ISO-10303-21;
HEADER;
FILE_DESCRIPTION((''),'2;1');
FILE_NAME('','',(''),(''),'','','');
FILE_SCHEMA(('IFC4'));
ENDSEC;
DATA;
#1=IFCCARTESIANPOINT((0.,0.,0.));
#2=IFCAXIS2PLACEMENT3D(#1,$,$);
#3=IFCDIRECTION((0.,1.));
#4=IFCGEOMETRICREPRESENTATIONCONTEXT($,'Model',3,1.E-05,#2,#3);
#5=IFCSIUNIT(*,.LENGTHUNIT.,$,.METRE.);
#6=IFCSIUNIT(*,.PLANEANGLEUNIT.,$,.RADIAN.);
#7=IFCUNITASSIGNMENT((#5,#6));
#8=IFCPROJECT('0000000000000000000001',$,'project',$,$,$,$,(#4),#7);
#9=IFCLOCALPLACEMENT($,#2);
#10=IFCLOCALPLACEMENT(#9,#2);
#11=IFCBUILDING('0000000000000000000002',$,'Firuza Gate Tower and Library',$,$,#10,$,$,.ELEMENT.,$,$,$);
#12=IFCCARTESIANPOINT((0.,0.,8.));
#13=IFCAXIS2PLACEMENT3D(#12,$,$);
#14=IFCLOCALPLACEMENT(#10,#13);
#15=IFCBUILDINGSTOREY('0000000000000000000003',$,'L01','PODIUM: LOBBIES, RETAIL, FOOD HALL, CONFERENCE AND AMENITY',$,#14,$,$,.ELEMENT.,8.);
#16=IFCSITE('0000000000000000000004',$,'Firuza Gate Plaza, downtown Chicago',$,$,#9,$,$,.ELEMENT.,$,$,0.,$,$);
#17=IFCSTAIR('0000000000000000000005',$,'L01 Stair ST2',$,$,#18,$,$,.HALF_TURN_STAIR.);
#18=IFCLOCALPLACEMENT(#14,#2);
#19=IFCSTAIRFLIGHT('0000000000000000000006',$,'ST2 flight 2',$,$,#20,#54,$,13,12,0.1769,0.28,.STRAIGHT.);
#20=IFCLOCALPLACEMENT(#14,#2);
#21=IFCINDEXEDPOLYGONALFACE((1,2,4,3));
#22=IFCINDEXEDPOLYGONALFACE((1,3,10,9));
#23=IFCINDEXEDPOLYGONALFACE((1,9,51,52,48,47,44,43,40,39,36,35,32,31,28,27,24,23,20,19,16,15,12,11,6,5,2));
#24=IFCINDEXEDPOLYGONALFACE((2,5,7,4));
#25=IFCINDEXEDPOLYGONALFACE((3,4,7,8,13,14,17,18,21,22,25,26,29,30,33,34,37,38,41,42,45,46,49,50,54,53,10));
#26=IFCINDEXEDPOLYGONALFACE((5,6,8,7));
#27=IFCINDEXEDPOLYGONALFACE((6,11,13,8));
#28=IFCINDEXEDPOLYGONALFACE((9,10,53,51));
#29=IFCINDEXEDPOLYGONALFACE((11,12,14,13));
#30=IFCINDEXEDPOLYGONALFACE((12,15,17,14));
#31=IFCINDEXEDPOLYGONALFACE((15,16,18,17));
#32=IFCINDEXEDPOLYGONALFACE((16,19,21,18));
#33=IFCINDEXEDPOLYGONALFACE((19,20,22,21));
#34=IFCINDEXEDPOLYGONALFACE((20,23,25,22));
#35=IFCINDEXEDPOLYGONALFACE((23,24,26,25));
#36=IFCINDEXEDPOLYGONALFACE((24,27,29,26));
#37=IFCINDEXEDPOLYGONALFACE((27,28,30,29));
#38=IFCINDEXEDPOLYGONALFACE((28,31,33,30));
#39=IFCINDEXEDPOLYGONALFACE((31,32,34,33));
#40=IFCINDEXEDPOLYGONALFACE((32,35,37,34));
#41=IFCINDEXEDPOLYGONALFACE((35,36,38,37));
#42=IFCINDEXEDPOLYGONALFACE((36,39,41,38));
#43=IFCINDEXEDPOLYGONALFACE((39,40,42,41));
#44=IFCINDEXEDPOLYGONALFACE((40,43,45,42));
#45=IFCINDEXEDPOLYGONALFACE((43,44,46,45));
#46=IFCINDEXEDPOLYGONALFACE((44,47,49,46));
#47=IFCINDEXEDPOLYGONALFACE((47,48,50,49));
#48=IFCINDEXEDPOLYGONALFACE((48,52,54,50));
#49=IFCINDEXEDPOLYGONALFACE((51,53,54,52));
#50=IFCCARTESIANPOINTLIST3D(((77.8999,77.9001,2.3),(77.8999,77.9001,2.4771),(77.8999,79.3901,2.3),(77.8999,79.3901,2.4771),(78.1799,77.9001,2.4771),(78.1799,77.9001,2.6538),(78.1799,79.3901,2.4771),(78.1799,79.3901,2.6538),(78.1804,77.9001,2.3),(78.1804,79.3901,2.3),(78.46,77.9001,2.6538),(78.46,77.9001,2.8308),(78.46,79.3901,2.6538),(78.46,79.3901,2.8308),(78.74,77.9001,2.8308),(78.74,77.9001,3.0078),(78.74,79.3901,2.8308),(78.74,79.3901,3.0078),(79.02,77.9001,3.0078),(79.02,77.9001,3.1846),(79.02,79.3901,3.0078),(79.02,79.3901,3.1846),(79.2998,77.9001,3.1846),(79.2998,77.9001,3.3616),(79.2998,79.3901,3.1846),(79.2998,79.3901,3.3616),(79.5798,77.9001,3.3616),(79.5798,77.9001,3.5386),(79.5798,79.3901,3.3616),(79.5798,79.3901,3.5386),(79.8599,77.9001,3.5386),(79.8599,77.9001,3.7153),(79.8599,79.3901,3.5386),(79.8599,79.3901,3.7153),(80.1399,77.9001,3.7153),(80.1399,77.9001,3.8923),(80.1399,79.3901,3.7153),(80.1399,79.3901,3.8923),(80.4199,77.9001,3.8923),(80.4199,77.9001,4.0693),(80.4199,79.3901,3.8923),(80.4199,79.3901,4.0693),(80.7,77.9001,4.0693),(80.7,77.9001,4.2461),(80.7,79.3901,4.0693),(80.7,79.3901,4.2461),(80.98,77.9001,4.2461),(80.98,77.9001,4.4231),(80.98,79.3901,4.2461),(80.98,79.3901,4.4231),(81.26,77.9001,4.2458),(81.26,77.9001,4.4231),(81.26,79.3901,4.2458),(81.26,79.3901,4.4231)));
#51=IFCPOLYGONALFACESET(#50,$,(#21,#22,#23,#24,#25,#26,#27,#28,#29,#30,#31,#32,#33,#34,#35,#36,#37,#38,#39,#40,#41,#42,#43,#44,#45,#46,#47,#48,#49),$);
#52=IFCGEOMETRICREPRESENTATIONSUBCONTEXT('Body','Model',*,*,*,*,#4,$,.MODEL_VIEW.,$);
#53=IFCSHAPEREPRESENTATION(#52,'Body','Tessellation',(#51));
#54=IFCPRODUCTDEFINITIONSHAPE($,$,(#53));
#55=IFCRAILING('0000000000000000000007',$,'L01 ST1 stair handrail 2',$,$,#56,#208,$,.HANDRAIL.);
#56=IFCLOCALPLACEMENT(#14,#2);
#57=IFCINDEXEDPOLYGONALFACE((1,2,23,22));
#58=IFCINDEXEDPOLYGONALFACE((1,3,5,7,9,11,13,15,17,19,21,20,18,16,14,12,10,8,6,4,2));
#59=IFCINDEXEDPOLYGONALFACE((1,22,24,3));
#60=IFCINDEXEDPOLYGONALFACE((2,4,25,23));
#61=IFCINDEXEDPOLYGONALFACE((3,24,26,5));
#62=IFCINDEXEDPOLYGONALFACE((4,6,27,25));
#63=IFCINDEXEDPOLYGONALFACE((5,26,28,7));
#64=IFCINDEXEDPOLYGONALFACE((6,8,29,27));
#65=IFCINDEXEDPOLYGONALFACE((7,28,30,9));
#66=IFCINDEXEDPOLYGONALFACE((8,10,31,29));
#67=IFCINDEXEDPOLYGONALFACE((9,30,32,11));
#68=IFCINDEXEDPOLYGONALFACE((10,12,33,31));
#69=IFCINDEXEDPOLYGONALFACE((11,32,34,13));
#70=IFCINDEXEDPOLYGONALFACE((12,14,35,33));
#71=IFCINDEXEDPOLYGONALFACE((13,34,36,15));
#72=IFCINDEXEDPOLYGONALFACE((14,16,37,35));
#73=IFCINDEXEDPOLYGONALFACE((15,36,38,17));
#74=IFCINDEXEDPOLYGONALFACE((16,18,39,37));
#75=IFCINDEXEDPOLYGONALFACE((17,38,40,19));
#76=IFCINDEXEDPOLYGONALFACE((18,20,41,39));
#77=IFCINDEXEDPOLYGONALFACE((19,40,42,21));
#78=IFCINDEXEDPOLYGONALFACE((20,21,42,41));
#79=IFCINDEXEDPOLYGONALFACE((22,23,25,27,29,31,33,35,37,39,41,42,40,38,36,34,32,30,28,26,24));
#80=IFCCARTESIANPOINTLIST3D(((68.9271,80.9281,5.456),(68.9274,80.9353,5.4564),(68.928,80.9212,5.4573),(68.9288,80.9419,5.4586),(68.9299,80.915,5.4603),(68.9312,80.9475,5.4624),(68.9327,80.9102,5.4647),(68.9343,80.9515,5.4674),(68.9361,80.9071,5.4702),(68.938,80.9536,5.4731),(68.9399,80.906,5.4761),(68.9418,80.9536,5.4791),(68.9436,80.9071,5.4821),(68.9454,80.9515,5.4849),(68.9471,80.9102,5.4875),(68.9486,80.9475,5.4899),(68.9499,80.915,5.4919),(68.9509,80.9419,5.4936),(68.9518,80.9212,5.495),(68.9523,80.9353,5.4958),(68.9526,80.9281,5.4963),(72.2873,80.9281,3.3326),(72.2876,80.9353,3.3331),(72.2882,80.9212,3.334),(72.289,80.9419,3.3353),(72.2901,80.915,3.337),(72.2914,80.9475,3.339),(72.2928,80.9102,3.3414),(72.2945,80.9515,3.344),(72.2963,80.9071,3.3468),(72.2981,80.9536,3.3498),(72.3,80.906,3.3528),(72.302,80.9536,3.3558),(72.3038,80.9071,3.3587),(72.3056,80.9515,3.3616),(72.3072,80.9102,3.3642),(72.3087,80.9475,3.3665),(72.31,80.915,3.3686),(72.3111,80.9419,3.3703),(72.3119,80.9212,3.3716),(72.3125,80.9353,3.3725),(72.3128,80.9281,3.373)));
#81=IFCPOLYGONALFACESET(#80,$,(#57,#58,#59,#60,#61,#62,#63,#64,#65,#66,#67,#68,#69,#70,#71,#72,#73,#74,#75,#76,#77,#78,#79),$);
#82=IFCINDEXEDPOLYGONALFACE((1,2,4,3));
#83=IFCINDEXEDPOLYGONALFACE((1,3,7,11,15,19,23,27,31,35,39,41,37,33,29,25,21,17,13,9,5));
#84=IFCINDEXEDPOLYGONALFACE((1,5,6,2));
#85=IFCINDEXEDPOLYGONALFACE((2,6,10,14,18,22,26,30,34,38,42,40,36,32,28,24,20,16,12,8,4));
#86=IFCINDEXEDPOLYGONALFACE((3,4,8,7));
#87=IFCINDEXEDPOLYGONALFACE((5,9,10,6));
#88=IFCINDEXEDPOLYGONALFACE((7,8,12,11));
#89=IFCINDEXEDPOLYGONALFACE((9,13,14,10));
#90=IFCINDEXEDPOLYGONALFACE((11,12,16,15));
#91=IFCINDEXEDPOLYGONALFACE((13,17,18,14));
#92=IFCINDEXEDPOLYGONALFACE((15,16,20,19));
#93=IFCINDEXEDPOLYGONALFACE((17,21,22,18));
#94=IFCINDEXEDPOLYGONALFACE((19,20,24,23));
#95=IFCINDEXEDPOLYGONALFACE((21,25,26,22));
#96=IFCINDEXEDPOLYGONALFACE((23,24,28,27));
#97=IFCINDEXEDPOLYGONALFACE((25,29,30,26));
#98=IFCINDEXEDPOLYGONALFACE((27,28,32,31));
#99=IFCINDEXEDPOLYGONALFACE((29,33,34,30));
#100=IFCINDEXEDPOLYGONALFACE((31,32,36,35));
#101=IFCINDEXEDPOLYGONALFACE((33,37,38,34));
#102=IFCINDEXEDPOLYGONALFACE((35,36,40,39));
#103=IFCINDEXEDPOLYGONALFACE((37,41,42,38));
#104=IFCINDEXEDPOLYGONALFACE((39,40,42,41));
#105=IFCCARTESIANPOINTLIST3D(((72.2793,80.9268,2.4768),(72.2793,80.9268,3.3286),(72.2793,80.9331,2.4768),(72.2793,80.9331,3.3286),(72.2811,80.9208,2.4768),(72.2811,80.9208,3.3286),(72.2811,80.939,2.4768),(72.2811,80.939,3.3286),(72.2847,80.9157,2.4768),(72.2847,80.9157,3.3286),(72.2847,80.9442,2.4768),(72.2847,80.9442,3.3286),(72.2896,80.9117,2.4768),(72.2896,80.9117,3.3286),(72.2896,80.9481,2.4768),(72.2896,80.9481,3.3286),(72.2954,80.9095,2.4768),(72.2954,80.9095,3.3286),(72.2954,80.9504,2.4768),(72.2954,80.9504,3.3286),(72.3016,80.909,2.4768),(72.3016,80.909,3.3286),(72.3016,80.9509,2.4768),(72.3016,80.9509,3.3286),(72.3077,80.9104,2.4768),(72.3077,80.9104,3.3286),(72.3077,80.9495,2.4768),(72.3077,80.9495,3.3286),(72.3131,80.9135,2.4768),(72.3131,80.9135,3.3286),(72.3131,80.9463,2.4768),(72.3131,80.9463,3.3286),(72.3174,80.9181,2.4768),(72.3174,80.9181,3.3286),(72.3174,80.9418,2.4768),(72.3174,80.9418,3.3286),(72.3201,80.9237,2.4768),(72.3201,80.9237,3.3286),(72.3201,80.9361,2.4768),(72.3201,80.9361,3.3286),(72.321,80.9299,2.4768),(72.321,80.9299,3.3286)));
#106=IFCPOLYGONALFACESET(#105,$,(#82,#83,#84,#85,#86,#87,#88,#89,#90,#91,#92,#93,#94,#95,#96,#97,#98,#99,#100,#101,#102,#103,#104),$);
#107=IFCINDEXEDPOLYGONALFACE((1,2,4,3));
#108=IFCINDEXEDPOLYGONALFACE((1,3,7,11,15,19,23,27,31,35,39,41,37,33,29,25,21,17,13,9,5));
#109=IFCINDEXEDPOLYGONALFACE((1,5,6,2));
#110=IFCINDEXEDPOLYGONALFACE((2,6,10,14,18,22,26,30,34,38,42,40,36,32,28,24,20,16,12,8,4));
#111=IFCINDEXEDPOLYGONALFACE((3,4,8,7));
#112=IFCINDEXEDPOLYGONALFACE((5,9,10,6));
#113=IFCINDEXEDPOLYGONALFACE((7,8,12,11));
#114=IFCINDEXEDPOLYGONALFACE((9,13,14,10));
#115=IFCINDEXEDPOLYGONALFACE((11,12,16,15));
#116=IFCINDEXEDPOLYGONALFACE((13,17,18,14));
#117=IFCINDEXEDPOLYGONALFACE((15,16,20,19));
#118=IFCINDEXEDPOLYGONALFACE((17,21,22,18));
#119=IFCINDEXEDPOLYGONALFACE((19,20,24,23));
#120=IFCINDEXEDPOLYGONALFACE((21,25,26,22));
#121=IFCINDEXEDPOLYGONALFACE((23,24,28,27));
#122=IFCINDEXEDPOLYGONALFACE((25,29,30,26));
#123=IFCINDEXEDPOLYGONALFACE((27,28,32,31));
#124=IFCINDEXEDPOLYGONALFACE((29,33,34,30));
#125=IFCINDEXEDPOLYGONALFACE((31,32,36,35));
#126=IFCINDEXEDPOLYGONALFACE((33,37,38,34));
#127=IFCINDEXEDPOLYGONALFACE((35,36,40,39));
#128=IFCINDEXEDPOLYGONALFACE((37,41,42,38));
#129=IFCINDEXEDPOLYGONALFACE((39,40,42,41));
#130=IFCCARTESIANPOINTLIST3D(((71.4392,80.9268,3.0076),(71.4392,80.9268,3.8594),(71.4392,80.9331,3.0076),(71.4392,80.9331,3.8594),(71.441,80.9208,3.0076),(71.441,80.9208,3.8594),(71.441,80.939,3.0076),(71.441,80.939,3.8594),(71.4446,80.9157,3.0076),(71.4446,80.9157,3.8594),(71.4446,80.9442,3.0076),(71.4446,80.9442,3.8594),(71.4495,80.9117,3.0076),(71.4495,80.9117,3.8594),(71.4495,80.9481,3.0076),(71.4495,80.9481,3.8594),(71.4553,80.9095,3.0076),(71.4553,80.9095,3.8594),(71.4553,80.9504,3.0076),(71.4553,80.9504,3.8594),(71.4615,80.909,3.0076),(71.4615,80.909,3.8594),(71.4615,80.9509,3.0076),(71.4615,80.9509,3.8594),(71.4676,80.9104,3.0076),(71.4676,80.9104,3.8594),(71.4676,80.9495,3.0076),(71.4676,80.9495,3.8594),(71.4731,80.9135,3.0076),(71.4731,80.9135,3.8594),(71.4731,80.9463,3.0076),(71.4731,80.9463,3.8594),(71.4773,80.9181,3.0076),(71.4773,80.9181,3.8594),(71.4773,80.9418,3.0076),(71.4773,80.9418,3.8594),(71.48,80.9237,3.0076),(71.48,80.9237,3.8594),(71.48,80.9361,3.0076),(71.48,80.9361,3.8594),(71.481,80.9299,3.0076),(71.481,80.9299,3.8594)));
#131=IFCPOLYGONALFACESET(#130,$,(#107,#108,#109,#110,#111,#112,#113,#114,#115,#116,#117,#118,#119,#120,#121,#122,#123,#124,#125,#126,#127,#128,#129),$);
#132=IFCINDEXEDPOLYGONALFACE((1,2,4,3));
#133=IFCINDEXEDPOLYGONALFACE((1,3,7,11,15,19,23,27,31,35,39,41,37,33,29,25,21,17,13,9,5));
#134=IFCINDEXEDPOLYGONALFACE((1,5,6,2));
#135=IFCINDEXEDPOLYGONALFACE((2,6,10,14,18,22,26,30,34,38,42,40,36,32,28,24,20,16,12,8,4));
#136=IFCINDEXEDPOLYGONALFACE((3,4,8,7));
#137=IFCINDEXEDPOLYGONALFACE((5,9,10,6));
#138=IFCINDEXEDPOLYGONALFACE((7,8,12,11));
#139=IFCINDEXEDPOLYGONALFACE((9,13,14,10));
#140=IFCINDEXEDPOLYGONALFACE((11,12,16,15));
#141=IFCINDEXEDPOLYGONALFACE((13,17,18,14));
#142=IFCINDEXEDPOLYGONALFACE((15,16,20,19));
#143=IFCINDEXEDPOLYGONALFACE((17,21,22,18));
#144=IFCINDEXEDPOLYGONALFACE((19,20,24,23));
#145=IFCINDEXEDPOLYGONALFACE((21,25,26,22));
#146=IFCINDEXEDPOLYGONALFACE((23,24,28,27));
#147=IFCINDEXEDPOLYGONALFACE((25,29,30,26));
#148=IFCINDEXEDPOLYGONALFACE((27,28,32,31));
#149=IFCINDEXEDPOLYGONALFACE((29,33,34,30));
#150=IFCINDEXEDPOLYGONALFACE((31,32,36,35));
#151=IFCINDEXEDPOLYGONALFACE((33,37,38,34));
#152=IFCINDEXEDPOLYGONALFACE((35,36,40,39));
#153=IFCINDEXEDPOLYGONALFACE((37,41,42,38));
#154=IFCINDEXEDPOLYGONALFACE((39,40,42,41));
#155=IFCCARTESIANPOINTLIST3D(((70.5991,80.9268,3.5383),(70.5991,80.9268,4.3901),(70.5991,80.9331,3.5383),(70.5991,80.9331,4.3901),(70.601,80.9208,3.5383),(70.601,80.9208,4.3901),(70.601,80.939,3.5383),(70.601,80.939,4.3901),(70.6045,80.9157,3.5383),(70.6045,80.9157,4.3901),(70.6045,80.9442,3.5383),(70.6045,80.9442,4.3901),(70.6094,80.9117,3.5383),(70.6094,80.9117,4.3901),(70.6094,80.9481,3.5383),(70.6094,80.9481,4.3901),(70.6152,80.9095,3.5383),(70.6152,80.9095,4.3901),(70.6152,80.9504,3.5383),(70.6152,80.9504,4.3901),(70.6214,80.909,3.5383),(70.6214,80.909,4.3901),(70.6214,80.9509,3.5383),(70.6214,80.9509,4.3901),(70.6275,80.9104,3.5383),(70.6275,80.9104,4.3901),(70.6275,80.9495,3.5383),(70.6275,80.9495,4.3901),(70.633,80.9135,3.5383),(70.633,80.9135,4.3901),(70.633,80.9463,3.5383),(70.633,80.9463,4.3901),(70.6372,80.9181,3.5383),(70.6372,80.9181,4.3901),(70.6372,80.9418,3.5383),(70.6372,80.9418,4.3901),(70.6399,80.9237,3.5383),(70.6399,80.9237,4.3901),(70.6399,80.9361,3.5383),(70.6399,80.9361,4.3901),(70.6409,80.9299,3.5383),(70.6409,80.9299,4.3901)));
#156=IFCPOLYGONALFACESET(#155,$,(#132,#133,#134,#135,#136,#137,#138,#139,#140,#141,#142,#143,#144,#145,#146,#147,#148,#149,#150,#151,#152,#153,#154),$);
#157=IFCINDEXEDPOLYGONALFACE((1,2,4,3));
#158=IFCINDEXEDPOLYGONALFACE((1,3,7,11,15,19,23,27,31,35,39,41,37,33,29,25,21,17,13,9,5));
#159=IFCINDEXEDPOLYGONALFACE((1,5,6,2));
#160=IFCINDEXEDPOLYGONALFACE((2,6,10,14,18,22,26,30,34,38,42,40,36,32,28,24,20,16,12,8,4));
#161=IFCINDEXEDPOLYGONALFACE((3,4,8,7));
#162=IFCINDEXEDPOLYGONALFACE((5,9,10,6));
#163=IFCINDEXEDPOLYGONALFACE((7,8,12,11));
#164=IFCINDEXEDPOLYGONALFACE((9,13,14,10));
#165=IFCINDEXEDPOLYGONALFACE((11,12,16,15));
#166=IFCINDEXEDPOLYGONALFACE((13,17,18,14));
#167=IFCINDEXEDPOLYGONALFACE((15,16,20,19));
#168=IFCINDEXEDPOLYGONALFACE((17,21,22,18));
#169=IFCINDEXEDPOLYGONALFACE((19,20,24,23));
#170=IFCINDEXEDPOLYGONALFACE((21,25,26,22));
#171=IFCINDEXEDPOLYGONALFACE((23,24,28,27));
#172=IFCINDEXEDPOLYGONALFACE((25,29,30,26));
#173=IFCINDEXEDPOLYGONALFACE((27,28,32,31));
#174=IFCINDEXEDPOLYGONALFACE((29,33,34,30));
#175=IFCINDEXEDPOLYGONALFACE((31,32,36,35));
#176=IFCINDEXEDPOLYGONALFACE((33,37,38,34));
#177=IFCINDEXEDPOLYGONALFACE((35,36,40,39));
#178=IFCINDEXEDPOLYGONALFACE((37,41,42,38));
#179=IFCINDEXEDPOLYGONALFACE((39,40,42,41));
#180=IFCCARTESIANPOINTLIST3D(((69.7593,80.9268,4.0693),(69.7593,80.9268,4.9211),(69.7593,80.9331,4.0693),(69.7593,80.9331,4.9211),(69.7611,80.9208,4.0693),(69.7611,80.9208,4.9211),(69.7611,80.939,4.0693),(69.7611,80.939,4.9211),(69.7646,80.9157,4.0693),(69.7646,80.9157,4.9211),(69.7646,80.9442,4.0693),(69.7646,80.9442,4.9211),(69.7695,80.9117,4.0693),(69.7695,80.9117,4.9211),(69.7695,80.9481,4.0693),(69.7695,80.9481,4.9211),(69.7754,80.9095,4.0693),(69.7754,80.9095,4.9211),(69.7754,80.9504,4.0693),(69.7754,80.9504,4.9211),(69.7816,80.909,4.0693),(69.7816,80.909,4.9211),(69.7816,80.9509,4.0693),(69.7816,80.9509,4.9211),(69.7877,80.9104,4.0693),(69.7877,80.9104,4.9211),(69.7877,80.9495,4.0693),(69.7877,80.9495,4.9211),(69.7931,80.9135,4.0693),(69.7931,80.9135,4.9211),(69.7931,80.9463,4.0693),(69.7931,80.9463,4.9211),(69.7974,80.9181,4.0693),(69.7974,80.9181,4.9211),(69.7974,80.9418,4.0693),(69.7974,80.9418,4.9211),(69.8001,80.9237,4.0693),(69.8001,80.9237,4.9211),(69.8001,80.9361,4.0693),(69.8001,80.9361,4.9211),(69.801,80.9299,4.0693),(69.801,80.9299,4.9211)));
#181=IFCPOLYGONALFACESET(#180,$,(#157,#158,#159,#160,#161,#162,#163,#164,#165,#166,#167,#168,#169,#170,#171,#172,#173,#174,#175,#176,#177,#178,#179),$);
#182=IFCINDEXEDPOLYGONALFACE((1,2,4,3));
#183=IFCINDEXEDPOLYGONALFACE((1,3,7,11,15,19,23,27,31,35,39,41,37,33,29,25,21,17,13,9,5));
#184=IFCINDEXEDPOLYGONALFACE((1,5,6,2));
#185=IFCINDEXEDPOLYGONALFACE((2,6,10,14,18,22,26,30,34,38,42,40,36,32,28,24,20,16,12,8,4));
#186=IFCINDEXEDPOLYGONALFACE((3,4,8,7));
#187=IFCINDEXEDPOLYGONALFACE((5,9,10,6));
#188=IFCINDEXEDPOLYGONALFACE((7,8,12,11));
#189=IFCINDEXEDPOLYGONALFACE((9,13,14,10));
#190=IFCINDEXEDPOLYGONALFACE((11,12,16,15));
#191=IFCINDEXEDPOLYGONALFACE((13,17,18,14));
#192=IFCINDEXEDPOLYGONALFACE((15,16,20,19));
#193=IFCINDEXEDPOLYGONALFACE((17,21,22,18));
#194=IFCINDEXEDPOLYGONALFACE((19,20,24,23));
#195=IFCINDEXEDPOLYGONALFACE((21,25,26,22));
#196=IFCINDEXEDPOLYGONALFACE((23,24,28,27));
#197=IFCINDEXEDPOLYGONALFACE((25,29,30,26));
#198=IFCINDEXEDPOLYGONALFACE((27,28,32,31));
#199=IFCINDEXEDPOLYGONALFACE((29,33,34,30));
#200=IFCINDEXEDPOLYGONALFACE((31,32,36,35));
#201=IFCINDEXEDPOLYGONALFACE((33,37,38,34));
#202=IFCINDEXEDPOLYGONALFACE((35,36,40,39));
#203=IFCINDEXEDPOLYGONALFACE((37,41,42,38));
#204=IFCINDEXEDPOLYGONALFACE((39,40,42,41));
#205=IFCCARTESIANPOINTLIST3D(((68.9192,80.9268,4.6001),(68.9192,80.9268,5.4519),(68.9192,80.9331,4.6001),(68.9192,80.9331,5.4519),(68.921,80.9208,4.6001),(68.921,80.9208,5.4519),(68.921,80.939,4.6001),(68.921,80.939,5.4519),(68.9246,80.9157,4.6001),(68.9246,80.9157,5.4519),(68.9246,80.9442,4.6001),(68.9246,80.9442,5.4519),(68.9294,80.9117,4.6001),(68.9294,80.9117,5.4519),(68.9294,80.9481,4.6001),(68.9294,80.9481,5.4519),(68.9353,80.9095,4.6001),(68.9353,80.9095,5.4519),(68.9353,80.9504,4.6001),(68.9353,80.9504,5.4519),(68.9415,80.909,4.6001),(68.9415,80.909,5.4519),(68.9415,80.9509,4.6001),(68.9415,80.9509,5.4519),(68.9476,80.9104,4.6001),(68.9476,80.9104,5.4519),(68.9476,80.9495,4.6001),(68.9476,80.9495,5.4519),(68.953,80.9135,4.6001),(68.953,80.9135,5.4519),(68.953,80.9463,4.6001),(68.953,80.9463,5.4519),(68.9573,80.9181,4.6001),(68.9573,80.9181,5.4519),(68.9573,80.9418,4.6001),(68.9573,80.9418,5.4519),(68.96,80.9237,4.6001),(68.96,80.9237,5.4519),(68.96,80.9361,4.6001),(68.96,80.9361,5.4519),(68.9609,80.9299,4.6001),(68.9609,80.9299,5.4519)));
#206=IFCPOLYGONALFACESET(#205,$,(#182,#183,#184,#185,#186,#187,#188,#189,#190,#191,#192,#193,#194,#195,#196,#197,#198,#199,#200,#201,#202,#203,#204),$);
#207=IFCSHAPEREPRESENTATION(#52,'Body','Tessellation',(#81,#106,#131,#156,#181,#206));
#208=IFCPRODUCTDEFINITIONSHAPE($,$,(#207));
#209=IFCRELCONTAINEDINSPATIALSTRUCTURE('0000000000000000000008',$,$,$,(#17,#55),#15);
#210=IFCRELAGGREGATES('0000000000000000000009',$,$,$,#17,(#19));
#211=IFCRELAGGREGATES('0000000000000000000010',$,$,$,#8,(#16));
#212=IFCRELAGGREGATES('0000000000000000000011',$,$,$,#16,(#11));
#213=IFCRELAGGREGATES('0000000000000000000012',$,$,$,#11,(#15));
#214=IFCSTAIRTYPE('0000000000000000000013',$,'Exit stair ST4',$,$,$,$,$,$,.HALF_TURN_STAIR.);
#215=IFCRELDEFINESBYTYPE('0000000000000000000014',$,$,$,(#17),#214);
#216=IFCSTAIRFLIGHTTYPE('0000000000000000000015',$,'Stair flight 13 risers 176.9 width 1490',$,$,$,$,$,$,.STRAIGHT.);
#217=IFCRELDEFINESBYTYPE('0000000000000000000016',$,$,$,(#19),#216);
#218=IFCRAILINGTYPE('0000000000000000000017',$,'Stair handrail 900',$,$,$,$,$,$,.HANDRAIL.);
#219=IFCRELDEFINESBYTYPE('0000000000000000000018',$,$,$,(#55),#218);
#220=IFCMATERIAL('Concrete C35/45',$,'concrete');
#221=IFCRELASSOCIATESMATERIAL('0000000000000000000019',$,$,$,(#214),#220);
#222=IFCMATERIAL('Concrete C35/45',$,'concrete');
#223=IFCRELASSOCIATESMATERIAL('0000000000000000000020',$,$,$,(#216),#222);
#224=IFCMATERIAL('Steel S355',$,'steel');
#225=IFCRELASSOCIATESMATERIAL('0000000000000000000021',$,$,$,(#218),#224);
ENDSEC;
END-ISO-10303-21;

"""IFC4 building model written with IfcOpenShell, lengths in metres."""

from ifc_helpers import new_model, si_unit, direction, frame, origin, origin_2d, place, context, subcontext, project, spatial, polyline, circle, outline, extrude, material, type_object, element, aggregate, save


model = new_model("IFC4")

# Units and contexts
model_context = context("Model", 3, precision=1e-05, world=origin(), true_north=direction((0.0, 1.0)))
body_context = subcontext(model_context, "Body", "Model", "MODEL_VIEW")
ifc_project = project(units=[si_unit("LENGTHUNIT", "METRE"), si_unit("PLANEANGLEUNIT", "RADIAN")], contexts=[model_context])

# Site, building, storey
site_placement = place(None, origin())
site = spatial("IfcSite", under=ifc_project, at=site_placement, Name="Firuza Gate Plaza, downtown Chicago", CompositionType="ELEMENT", RefElevation=0.0)
building_placement = place(site_placement, origin())
building = spatial("IfcBuilding", under=site, at=building_placement, Name="Firuza Gate Tower and Library", CompositionType="ELEMENT")
storey_placement = place(building_placement, frame((0.0, 0.0, 8.0)))
storey = spatial("IfcBuildingStorey", under=building, at=storey_placement, Name="L01", Description="PODIUM: LOBBIES, RETAIL, FOOD HALL, CONFERENCE AND AMENITY", CompositionType="ELEMENT", Elevation=8.0)

# Stair, stair flight
ifc_material_1 = material(Name="Concrete C35/45", Category="concrete")
stair_type = type_object("IfcStairType", Name="Exit stair ST4", PredefinedType="HALF_TURN_STAIR", material=ifc_material_1)
placement = place(storey_placement, origin())
ifc_material_2 = material(Name="Concrete C35/45", Category="concrete")
stair_flight_type = type_object("IfcStairFlightType", Name="Stair flight 13 risers 176.9 width 1490", PredefinedType="STRAIGHT", material=ifc_material_2)
stair_1 = element("IfcStair", 1, at=placement, inside=storey, type_object=stair_type, Name="L01 Stair ST2", PredefinedType="HALF_TURN_STAIR")
stair_flight_1_placement = place(storey_placement, frame((77.8999, 78.645, 2.3), z_axis=(0.0, 0.0, 1.0), x_axis=(1.0, 0.0, 0.0)))
stair_flight_1 = element("IfcStairFlight", 2, at=stair_flight_1_placement, type_object=stair_flight_type, Name="ST2 flight 2", NumberOfRisers=13, NumberOfTreads=12, PredefinedType="STRAIGHT", RiserHeight=0.1769, TreadLength=0.28, context=body_context, shape_type="SweptSolid", body=[
    extrude(outline(polyline([(0.0, 0.0), (0.0, 0.177), (0.28, 0.177), (0.28, 0.3538), (0.5601, 0.3538), (0.5601, 0.5308), (0.8401, 0.5308), (0.8401, 0.7078), (1.1201, 0.7078), (1.1201, 0.8845), (1.3999, 0.8845), (1.3999, 1.0615), (1.6799, 1.0615), (1.6799, 1.2385), (1.96, 1.2385), (1.96, 1.4153), (2.24, 1.4153), (2.24, 1.5923), (2.52, 1.5923), (2.52, 1.7693), (2.8, 1.7693), (2.8, 1.946), (3.0801, 1.946), (3.0801, 2.123), (3.3601, 2.123), (3.3601, 2.3), (3.3601, 1.9458), (0.2805, 0.0), (0.0, 0.0)])), frame((0.0, 0.7451, 0.0), z_axis=(0.0, -1.0, 0.0), x_axis=(1.0, 0.0, 0.0)), (0.0, 0.0, 1.0), 1.49),
])
aggregate(stair_1, [stair_flight_1])

# Railing
ifc_material_3 = material(Name="Steel S355", Category="steel")
railing_type_1 = type_object("IfcRailingType", Name="Stair handrail 900", PredefinedType="HANDRAIL", material=ifc_material_3)
railing_1_placement = place(storey_placement, frame((72.3, 80.9299, 2.4768)))
element("IfcRailing", 3, at=railing_1_placement, inside=storey, type_object=railing_type_1, Name="L01 ST1 stair handrail 2", PredefinedType="HANDRAIL", context=body_context, shape_type="SweptSolid", body=[
    extrude(circle(Radius=0.0239, at=origin_2d()), frame((0.0, 0.0, 0.876), z_axis=(-0.845362, 0.0, 0.534194), x_axis=(0.0, -1.0, 0.0)), (0.0, 0.0, 1.0), 3.9749),
    extrude(circle(Radius=0.021, at=origin_2d()), origin(), (0.0, 0.0, 1.0), 0.8518),
    extrude(circle(Radius=0.021, at=origin_2d()), frame((-0.8401, 0.0, 0.5308)), (0.0, 0.0, 1.0), 0.8518),
    extrude(circle(Radius=0.021, at=origin_2d()), frame((-1.6802, 0.0, 1.0615)), (0.0, 0.0, 1.0), 0.8518),
    extrude(circle(Radius=0.021, at=origin_2d()), frame((-2.52, 0.0, 1.5925)), (0.0, 0.0, 1.0), 0.8518),
    extrude(circle(Radius=0.021, at=origin_2d()), frame((-3.3601, 0.0, 2.1233)), (0.0, 0.0, 1.0), 0.8518),
])

save(model, "model.ifc")
